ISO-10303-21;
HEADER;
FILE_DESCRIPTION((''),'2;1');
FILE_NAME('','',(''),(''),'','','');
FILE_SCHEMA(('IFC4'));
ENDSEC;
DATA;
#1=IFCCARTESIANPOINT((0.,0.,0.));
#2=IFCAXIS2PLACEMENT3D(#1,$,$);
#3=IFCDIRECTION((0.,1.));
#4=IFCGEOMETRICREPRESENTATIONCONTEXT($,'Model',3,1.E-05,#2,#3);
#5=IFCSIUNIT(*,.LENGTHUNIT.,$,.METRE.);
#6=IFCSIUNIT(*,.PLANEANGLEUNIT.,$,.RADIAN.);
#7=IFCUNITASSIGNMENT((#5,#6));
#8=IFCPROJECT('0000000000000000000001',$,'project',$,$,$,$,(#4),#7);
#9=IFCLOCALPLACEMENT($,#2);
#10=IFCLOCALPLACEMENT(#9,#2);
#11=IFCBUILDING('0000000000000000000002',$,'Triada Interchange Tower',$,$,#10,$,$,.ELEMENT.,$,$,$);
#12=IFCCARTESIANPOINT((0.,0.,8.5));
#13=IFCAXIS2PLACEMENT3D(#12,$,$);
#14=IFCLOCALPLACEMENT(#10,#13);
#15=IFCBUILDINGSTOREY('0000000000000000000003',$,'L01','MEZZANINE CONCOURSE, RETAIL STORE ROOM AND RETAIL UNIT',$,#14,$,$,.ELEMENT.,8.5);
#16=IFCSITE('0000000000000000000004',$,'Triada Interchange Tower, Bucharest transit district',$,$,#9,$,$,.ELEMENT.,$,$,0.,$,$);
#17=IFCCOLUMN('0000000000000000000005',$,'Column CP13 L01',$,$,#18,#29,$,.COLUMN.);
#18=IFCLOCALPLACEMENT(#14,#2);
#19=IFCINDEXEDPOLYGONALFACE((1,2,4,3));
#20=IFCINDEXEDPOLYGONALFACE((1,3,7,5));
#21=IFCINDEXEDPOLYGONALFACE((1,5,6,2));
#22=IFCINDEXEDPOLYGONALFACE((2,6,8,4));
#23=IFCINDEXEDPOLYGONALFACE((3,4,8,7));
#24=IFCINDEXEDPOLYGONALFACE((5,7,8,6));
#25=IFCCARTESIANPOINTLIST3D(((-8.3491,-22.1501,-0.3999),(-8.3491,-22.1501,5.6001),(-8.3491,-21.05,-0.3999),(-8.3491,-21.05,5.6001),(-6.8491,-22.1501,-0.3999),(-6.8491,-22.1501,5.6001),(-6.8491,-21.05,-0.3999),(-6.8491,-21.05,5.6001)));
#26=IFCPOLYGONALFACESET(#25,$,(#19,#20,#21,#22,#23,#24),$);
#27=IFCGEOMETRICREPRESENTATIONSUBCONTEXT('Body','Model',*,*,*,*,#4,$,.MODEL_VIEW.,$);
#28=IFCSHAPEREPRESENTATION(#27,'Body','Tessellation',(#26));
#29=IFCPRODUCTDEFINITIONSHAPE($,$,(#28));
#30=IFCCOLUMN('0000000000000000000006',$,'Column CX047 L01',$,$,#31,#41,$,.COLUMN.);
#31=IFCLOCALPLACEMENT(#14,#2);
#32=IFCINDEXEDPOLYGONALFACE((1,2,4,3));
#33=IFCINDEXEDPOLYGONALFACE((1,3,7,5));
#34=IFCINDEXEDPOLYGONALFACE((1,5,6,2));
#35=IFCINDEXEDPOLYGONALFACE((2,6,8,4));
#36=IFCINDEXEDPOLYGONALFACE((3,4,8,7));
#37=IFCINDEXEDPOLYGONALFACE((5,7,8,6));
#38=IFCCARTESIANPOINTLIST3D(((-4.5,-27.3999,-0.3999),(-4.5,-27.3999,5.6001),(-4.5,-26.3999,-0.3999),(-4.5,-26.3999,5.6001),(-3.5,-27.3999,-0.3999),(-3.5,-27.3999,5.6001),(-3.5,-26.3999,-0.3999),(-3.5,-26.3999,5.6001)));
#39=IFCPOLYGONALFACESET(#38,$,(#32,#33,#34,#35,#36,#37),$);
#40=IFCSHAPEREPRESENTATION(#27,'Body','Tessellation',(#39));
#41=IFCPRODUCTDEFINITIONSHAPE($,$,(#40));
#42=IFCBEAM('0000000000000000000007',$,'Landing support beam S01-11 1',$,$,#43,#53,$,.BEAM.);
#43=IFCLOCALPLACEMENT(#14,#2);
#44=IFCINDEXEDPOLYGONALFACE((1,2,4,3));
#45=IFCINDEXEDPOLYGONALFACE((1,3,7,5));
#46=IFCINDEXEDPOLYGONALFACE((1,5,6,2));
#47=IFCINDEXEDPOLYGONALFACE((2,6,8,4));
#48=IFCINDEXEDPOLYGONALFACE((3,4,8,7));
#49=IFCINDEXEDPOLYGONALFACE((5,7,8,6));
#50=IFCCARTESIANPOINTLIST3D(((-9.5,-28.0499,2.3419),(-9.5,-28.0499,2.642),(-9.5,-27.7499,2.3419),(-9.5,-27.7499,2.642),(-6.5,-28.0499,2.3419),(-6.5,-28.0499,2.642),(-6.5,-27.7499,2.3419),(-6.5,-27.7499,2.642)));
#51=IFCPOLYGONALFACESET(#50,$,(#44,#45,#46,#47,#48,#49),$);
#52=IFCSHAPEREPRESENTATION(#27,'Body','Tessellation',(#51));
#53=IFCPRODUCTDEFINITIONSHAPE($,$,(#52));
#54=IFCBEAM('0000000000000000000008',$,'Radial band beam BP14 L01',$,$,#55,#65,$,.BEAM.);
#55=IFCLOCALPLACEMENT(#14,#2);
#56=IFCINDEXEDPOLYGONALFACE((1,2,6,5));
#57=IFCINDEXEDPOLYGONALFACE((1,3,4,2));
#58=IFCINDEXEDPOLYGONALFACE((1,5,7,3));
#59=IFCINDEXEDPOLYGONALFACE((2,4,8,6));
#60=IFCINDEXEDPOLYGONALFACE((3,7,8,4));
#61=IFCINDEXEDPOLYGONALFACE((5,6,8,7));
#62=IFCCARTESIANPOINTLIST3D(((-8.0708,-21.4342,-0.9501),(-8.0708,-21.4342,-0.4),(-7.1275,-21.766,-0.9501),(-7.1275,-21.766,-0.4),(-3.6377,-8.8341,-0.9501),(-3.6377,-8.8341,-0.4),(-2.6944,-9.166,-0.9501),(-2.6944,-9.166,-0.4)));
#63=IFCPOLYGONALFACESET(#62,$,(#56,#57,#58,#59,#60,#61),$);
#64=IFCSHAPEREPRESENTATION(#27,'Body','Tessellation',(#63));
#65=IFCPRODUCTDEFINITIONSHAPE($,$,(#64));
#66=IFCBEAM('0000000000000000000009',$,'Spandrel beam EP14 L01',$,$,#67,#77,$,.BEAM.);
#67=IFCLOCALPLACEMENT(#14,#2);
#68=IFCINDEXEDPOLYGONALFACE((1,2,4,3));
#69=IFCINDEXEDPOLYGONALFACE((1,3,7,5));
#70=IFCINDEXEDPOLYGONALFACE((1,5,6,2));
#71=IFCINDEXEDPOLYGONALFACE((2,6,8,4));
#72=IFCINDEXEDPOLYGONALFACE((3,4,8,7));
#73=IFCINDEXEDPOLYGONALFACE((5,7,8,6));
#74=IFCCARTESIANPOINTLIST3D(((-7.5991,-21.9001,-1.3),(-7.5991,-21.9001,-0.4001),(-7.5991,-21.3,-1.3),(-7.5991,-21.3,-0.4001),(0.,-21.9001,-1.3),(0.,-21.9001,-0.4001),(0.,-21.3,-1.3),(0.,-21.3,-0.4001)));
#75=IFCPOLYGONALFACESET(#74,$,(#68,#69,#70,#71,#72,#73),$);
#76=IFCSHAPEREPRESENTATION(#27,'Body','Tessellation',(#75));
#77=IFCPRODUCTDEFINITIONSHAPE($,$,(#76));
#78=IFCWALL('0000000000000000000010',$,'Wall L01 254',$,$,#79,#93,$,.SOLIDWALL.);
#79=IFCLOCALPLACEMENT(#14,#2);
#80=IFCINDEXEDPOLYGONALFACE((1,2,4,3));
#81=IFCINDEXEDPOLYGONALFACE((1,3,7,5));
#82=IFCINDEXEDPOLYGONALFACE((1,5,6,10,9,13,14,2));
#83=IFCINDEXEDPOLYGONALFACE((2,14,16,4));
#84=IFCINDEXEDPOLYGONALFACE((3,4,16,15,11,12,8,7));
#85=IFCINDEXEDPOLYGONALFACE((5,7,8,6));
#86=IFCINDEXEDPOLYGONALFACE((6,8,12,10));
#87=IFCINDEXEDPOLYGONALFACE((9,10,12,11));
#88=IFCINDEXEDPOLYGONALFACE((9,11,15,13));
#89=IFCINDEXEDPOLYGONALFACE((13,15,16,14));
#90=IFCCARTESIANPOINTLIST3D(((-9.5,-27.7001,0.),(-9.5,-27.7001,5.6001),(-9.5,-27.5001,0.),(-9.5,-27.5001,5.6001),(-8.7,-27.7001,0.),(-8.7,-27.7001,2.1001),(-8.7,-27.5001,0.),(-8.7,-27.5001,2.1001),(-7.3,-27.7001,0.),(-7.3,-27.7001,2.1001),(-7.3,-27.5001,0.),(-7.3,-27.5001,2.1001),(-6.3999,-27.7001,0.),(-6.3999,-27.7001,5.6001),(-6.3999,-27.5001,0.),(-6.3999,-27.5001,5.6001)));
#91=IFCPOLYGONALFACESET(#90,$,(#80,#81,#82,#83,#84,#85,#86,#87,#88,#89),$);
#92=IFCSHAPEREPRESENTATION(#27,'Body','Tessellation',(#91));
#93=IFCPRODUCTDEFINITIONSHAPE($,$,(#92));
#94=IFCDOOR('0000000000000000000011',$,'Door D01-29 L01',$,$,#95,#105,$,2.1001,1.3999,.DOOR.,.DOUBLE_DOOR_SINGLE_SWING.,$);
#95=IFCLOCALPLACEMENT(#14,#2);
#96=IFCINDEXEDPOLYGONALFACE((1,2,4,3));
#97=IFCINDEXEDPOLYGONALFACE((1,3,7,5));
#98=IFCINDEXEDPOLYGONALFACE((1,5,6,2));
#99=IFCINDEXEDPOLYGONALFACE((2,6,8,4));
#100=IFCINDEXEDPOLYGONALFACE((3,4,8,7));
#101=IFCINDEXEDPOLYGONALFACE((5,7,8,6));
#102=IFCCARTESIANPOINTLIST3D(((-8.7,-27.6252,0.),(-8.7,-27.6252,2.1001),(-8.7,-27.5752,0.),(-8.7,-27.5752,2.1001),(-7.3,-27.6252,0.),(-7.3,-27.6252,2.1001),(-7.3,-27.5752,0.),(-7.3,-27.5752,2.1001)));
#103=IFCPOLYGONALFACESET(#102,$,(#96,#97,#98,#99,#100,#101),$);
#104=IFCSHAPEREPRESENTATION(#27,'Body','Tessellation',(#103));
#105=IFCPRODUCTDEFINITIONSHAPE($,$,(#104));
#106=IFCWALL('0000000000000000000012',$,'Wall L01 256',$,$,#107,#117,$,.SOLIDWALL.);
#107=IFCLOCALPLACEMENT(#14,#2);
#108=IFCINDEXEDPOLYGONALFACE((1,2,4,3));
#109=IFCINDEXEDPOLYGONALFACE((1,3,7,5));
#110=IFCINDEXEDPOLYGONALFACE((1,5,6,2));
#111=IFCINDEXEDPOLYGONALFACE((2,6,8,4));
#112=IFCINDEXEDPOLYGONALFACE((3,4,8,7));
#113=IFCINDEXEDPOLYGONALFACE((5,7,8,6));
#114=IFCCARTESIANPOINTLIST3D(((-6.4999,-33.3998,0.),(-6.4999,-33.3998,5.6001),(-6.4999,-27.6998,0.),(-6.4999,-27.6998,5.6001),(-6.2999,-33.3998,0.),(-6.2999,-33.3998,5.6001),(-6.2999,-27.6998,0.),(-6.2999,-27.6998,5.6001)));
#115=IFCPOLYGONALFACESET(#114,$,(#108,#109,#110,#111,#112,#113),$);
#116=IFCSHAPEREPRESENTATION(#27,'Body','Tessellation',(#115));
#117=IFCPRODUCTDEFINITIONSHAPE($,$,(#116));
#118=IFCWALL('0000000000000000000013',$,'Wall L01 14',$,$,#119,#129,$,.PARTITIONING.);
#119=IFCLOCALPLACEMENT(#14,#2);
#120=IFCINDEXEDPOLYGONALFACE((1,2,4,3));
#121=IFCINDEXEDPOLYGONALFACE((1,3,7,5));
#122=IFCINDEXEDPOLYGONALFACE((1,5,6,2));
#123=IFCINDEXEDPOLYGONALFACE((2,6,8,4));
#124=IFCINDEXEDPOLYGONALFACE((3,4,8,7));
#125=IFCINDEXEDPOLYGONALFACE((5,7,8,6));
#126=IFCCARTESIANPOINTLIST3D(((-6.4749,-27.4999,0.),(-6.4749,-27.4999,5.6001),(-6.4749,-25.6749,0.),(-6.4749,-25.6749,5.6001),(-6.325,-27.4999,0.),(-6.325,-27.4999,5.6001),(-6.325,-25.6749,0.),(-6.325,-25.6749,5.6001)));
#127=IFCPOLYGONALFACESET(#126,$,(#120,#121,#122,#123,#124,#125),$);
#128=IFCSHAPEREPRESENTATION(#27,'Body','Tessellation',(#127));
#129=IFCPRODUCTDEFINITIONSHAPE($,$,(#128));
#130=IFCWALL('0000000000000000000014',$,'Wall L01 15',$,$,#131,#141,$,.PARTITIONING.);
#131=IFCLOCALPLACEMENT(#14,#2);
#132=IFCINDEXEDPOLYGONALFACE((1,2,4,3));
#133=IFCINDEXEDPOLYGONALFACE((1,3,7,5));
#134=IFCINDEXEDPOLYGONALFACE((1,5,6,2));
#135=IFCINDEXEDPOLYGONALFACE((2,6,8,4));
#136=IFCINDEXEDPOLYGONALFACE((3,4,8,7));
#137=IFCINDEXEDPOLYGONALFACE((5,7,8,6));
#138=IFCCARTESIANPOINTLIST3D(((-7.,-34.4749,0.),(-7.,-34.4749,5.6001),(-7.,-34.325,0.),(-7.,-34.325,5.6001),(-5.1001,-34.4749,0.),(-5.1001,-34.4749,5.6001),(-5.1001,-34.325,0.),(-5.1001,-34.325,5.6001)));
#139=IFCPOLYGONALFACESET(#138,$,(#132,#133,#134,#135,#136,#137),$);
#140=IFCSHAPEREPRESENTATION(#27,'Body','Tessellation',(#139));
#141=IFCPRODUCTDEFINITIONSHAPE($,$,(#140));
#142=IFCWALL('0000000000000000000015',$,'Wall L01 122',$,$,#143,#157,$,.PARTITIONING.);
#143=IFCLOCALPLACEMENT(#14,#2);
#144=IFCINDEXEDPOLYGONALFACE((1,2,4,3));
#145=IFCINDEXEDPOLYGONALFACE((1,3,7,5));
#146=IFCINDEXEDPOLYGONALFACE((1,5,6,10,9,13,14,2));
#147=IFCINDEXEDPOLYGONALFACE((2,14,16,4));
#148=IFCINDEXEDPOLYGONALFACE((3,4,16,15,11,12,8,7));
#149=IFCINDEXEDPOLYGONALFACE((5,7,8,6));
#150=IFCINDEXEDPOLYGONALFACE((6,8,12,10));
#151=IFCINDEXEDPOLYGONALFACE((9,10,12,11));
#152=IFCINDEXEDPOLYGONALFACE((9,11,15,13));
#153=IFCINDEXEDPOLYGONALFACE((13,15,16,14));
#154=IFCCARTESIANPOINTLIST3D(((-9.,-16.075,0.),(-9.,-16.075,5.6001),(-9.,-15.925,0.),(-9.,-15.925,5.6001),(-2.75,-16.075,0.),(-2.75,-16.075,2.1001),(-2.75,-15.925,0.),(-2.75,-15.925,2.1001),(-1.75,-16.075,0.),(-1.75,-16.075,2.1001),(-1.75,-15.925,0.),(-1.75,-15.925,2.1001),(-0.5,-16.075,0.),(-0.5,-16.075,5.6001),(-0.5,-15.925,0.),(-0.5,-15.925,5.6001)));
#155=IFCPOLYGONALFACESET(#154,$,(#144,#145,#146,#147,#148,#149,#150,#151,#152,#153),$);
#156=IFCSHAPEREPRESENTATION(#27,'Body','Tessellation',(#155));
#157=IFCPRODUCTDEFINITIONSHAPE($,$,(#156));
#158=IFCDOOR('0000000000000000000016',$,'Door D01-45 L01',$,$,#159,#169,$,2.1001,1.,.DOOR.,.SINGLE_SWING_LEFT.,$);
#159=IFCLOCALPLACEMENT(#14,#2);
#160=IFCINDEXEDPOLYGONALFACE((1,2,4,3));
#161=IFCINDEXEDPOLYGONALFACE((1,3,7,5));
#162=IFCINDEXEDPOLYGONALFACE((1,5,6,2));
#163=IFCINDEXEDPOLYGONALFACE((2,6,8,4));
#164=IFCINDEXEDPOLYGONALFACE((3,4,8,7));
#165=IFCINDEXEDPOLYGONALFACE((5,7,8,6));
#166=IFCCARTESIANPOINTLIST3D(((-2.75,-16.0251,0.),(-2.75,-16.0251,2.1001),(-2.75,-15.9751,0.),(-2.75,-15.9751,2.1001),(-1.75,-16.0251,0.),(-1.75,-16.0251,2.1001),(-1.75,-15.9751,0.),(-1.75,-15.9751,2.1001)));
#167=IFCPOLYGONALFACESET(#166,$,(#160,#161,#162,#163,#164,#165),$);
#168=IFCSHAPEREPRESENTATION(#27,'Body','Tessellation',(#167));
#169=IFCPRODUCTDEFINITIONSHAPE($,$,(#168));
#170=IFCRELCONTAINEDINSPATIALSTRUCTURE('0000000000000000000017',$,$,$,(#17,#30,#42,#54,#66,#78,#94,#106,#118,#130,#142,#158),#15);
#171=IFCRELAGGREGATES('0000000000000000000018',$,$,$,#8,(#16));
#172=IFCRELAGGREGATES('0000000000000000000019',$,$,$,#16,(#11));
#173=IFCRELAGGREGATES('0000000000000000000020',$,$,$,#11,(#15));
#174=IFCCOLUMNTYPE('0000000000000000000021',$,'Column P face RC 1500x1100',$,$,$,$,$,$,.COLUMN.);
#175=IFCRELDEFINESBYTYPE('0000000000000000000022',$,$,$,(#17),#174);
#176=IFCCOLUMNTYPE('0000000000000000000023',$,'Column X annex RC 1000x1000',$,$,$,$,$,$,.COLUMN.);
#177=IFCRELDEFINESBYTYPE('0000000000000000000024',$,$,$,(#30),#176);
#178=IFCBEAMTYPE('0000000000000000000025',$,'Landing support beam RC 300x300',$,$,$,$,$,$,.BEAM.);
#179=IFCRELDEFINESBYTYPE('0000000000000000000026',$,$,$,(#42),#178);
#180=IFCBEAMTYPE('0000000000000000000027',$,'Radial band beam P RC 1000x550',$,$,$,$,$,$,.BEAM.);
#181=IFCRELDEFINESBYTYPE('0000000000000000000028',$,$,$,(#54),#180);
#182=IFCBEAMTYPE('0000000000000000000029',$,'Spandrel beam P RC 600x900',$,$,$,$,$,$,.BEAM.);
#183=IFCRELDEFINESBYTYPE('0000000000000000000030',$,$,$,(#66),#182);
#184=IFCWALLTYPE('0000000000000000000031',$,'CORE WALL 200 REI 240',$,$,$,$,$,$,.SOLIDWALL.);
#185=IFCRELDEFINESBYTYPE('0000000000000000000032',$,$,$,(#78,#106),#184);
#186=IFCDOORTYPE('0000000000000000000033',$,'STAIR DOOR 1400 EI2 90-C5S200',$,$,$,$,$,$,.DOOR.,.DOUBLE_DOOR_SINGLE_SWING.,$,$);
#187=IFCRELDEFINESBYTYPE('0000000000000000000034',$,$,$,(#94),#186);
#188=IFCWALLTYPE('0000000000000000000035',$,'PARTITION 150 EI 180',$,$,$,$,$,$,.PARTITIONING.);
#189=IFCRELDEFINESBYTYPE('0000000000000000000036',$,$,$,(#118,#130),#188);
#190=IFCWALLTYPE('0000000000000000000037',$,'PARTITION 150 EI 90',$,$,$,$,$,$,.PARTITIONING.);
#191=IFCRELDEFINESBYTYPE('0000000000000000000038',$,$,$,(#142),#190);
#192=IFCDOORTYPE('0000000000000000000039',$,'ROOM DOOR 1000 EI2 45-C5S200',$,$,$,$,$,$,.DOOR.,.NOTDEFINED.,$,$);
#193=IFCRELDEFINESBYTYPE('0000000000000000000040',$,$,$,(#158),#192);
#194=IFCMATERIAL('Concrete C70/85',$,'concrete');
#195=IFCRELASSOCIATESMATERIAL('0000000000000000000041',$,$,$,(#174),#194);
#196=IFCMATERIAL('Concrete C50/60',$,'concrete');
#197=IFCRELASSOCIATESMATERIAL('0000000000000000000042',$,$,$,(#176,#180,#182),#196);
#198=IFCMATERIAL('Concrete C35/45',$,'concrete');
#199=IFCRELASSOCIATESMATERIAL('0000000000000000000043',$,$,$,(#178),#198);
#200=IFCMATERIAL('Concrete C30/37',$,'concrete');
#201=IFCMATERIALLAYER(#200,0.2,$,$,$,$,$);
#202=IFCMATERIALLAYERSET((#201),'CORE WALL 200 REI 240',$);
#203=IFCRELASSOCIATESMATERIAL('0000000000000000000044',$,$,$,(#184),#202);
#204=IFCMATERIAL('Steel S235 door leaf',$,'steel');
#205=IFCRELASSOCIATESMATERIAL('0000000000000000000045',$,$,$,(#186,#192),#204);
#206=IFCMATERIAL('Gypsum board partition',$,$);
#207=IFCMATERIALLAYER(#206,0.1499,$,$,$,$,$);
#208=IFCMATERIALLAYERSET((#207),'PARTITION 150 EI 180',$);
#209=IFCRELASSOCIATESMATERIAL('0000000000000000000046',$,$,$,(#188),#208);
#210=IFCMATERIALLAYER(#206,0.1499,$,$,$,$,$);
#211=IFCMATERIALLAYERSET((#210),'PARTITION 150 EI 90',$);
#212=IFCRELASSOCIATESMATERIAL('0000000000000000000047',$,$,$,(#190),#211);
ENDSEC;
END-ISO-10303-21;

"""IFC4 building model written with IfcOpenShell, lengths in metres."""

from ifc_helpers import new_model, si_unit, direction, frame, frame_2d, origin, origin_2d, place, context, subcontext, project, spatial, rectangle, extrude, material, layer, layer_set, material_profile, profile_set, type_object, element, fill, save


model = new_model("IFC4")

# Units and contexts
model_context = context("Model", 3, precision=1e-05, world=origin(), true_north=direction((0.0, 1.0)))
body_context = subcontext(model_context, "Body", "Model", "MODEL_VIEW")
ifc_project = project(units=[si_unit("LENGTHUNIT", "METRE"), si_unit("PLANEANGLEUNIT", "RADIAN")], contexts=[model_context])

# Site, building, storey
site_placement = place(None, origin())
site = spatial("IfcSite", under=ifc_project, at=site_placement, Name="Triada Interchange Tower, Bucharest transit district", CompositionType="ELEMENT", RefElevation=0.0)
building_placement = place(site_placement, origin())
building = spatial("IfcBuilding", under=site, at=building_placement, Name="Triada Interchange Tower", CompositionType="ELEMENT")
storey_placement = place(building_placement, frame((0.0, 0.0, 8.5)))
storey = spatial("IfcBuildingStorey", under=building, at=storey_placement, Name="L01", Description="MEZZANINE CONCOURSE, RETAIL STORE ROOM AND RETAIL UNIT", CompositionType="ELEMENT", Elevation=8.5)

# Columns
ifc_material_1 = material(Name="Concrete C70/85", Category="concrete")
ifc_material_profile_1 = material_profile(ifc_material_1, rectangle(XDim=1.5, YDim=1.1001, at=origin_2d()), Name="RC 1500x1100")
ifc_profile_set_1 = profile_set([ifc_material_profile_1], Name="Concrete C70/85")
column_type_1 = type_object("IfcColumnType", Name="Column P face RC 1500x1100", PredefinedType="COLUMN", material=ifc_profile_set_1)
column_1_placement = place(storey_placement, frame((-7.5991, -21.6001, -0.3999), z_axis=(0.0, 0.0, 1.0), x_axis=(1.0, 0.0, 0.0)))
element("IfcColumn", 1, at=column_1_placement, inside=storey, type_object=column_type_1, Name="Column CP13 L01", PredefinedType="COLUMN", context=body_context, shape_type="SweptSolid", body=[
    extrude(rectangle(XDim=1.5, YDim=1.1001, at=origin_2d()), origin(), (0.0, 0.0, 1.0), 6.0),
])
ifc_material_2 = material(Name="Concrete C50/60", Category="concrete")
ifc_material_profile_2 = material_profile(ifc_material_2, rectangle(XDim=1.0, YDim=1.0, at=origin_2d()), Name="RC 1000x1000")
ifc_profile_set_2 = profile_set([ifc_material_profile_2], Name="Concrete C50/60")
column_type_2 = type_object("IfcColumnType", Name="Column X annex RC 1000x1000", PredefinedType="COLUMN", material=ifc_profile_set_2)
column_2_placement = place(storey_placement, frame((-4.0, -26.8999, -0.3999), z_axis=(0.0, 0.0, 1.0), x_axis=(1.0, 0.0, 0.0)))
element("IfcColumn", 2, at=column_2_placement, inside=storey, type_object=column_type_2, Name="Column CX047 L01", PredefinedType="COLUMN", context=body_context, shape_type="SweptSolid", body=[
    extrude(rectangle(XDim=1.0, YDim=1.0, at=origin_2d()), origin(), (0.0, 0.0, 1.0), 6.0),
])

# Beams
ifc_material_3 = material(Name="Concrete C35/45", Category="concrete")
ifc_material_profile_3 = material_profile(ifc_material_3, rectangle(XDim=0.3, YDim=0.3, at=origin_2d()), Name="RC 300x300")
ifc_profile_set_3 = profile_set([ifc_material_profile_3], Name="Concrete C35/45")
beam_type_1 = type_object("IfcBeamType", Name="Landing support beam RC 300x300", PredefinedType="BEAM", material=ifc_profile_set_3)
beam_1_placement = place(storey_placement, frame((-6.5, -27.8999, 2.4919), z_axis=(-1.0, 0.0, 0.0), x_axis=(0.0, -1.0, 0.0)))
element("IfcBeam", 3, at=beam_1_placement, inside=storey, type_object=beam_type_1, Name="Landing support beam S01-11 1", PredefinedType="BEAM", context=body_context, shape_type="SweptSolid", body=[
    extrude(rectangle(XDim=0.3, YDim=0.3, at=origin_2d()), origin(), (0.0, 0.0, 1.0), 3.0),
])
ifc_material_profile_4 = material_profile(ifc_material_2, rectangle(XDim=1.0, YDim=0.55, at=origin_2d()), Name="RC 1000x550")
ifc_profile_set_4 = profile_set([ifc_material_profile_4], Name="Concrete C50/60")
beam_type_2 = type_object("IfcBeamType", Name="Radial band beam P RC 1000x550", PredefinedType="BEAM", material=ifc_profile_set_4)
beam_2_placement = place(storey_placement, frame((-7.5991, -21.6001, -0.675), z_axis=(0.331889, 0.943319, 0.0), x_axis=(-0.943319, 0.331889, 0.0)))
element("IfcBeam", 4, at=beam_2_placement, inside=storey, type_object=beam_type_2, Name="Radial band beam BP14 L01", PredefinedType="BEAM", context=body_context, shape_type="SweptSolid", body=[
    extrude(rectangle(XDim=1.0, YDim=0.55, at=origin_2d()), origin(), (0.0, 0.0, 1.0), 13.3572),
])
ifc_material_profile_5 = material_profile(ifc_material_2, rectangle(XDim=0.6001, YDim=0.8999, at=origin_2d()), Name="RC 600x900")
ifc_profile_set_5 = profile_set([ifc_material_profile_5], Name="Concrete C50/60")
beam_type_3 = type_object("IfcBeamType", Name="Spandrel beam P RC 600x900", PredefinedType="BEAM", material=ifc_profile_set_5)
beam_3_placement = place(storey_placement, frame((-7.5991, -21.6001, -0.8501), z_axis=(1.0, 0.0, 0.0), x_axis=(0.0, 1.0, 0.0)))
element("IfcBeam", 5, at=beam_3_placement, inside=storey, type_object=beam_type_3, Name="Spandrel beam EP14 L01", PredefinedType="BEAM", context=body_context, shape_type="SweptSolid", body=[
    extrude(rectangle(XDim=0.6001, YDim=0.8999, at=origin_2d()), origin(), (0.0, 0.0, 1.0), 7.5991),
])

# Wall, opening, door
ifc_material_4 = material(Name="Concrete C30/37", Category="concrete")
ifc_layer_1 = layer(ifc_material_4, 0.2)
ifc_layer_set_1 = layer_set([ifc_layer_1], Name="CORE WALL 200 REI 240")
wall_type_1 = type_object("IfcWallType", Name="CORE WALL 200 REI 240", PredefinedType="SOLIDWALL", material=ifc_layer_set_1)
wall_1_placement = place(storey_placement, frame((-9.5, -27.6001, 0.0), z_axis=(0.0, 0.0, 1.0), x_axis=(1.0, 0.0, 0.0)))
wall_1 = element("IfcWall", 6, at=wall_1_placement, inside=storey, type_object=wall_type_1, Name="Wall L01 254", PredefinedType="SOLIDWALL", context=body_context, shape_type="SweptSolid", body=[
    extrude(rectangle(XDim=3.1001, YDim=0.2, at=frame_2d((1.55, 0.0))), origin(), (0.0, 0.0, 1.0), 5.6001),
])
opening_1_placement = place(wall_1_placement, frame((0.8, 0.0, 0.0)))
opening_1 = element("IfcOpeningElement", 7, at=opening_1_placement, cuts=wall_1, PredefinedType="OPENING", context=body_context, shape_type="SweptSolid", body=[
    extrude(rectangle(XDim=1.3999, YDim=2.1001, at=frame_2d((0.7, 1.05))), frame((0.0, 0.1099, 0.0), z_axis=(0.0, -1.0, 0.0), x_axis=(1.0, 0.0, 0.0)), (0.0, 0.0, 1.0), 0.22),
])
ifc_material_5 = material(Name="Steel S235 door leaf", Category="steel")
door_type_1 = type_object("IfcDoorType", Name="STAIR DOOR 1400 EI2 90-C5S200", OperationType="DOUBLE_DOOR_SINGLE_SWING", PredefinedType="DOOR", material=ifc_material_5)
door_1_placement = place(opening_1_placement, origin())
door_1 = element("IfcDoor", 8, at=door_1_placement, inside=storey, type_object=door_type_1, Name="Door D01-29 L01", OperationType="DOUBLE_DOOR_SINGLE_SWING", OverallHeight=2.1001, OverallWidth=1.3999, PredefinedType="DOOR", context=body_context, shape_type="SweptSolid", body=[
    extrude(rectangle(XDim=1.3999, YDim=2.1001, at=frame_2d((0.7, 1.05))), frame((0.0, 0.0249, 0.0), z_axis=(0.0, -1.0, 0.0), x_axis=(1.0, 0.0, 0.0)), (0.0, 0.0, 1.0), 0.05),
])
fill(opening_1, door_1)

# Walls
wall_2_placement = place(storey_placement, frame((-6.3999, -33.3999, 0.0), z_axis=(0.0, 0.0, 1.0), x_axis=(0.0, 1.0, 0.0)))
element("IfcWall", 9, at=wall_2_placement, inside=storey, type_object=wall_type_1, Name="Wall L01 256", PredefinedType="SOLIDWALL", context=body_context, shape_type="SweptSolid", body=[
    extrude(rectangle(XDim=5.7, YDim=0.2, at=frame_2d((2.8501, 0.0))), origin(), (0.0, 0.0, 1.0), 5.6001),
])
ifc_material_6 = material(Name="Gypsum board partition")
ifc_layer_2 = layer(ifc_material_6, 0.1499)
ifc_layer_set_2 = layer_set([ifc_layer_2], Name="PARTITION 150 EI 180")
wall_type_2 = type_object("IfcWallType", Name="PARTITION 150 EI 180", PredefinedType="PARTITIONING", material=ifc_layer_set_2)
wall_3_placement = place(storey_placement, frame((-6.3999, -27.5, 0.0), z_axis=(0.0, 0.0, 1.0), x_axis=(0.0, 1.0, 0.0)))
element("IfcWall", 10, at=wall_3_placement, inside=storey, type_object=wall_type_2, Name="Wall L01 14", PredefinedType="PARTITIONING", context=body_context, shape_type="SweptSolid", body=[
    extrude(rectangle(XDim=1.825, YDim=0.1499, at=frame_2d((0.9126, 0.0))), origin(), (0.0, 0.0, 1.0), 5.6001),
])
wall_4_placement = place(storey_placement, frame((-7.0, -34.3999, 0.0), z_axis=(0.0, 0.0, 1.0), x_axis=(1.0, 0.0, 0.0)))
element("IfcWall", 11, at=wall_4_placement, inside=storey, type_object=wall_type_2, Name="Wall L01 15", PredefinedType="PARTITIONING", context=body_context, shape_type="SweptSolid", body=[
    extrude(rectangle(XDim=1.8999, YDim=0.1499, at=frame_2d((0.95, 0.0))), origin(), (0.0, 0.0, 1.0), 5.6001),
])

# Wall, opening, door
ifc_layer_3 = layer(ifc_material_6, 0.1499)
ifc_layer_set_3 = layer_set([ifc_layer_3], Name="PARTITION 150 EI 90")
wall_type_3 = type_object("IfcWallType", Name="PARTITION 150 EI 90", PredefinedType="PARTITIONING", material=ifc_layer_set_3)
wall_5_placement = place(storey_placement, frame((-9.0, -16.0, 0.0), z_axis=(0.0, 0.0, 1.0), x_axis=(1.0, 0.0, 0.0)))
wall_5 = element("IfcWall", 12, at=wall_5_placement, inside=storey, type_object=wall_type_3, Name="Wall L01 122", PredefinedType="PARTITIONING", context=body_context, shape_type="SweptSolid", body=[
    extrude(rectangle(XDim=8.5, YDim=0.1499, at=frame_2d((4.25, 0.0))), origin(), (0.0, 0.0, 1.0), 5.6001),
])
opening_2_placement = place(wall_5_placement, frame((6.25, 0.0, 0.0)))
opening_2 = element("IfcOpeningElement", 13, at=opening_2_placement, cuts=wall_5, PredefinedType="OPENING", context=body_context, shape_type="SweptSolid", body=[
    extrude(rectangle(XDim=1.0, YDim=2.1001, at=frame_2d((0.5, 1.05))), frame((0.0, 0.085, 0.0), z_axis=(0.0, -1.0, 0.0), x_axis=(1.0, 0.0, 0.0)), (0.0, 0.0, 1.0), 0.1699),
])
door_type_2 = type_object("IfcDoorType", Name="ROOM DOOR 1000 EI2 45-C5S200", OperationType="NOTDEFINED", PredefinedType="DOOR", material=ifc_material_5)
door_2_placement = place(opening_2_placement, origin())
door_2 = element("IfcDoor", 14, at=door_2_placement, inside=storey, type_object=door_type_2, Name="Door D01-45 L01", OperationType="SINGLE_SWING_LEFT", OverallHeight=2.1001, OverallWidth=1.0, PredefinedType="DOOR", context=body_context, shape_type="SweptSolid", body=[
    extrude(rectangle(XDim=1.0, YDim=2.1001, at=frame_2d((0.5, 1.05))), frame((0.0, 0.0249, 0.0), z_axis=(0.0, -1.0, 0.0), x_axis=(1.0, 0.0, 0.0)), (0.0, 0.0, 1.0), 0.05),
])
fill(opening_2, door_2)

save(model, "model.ifc")
